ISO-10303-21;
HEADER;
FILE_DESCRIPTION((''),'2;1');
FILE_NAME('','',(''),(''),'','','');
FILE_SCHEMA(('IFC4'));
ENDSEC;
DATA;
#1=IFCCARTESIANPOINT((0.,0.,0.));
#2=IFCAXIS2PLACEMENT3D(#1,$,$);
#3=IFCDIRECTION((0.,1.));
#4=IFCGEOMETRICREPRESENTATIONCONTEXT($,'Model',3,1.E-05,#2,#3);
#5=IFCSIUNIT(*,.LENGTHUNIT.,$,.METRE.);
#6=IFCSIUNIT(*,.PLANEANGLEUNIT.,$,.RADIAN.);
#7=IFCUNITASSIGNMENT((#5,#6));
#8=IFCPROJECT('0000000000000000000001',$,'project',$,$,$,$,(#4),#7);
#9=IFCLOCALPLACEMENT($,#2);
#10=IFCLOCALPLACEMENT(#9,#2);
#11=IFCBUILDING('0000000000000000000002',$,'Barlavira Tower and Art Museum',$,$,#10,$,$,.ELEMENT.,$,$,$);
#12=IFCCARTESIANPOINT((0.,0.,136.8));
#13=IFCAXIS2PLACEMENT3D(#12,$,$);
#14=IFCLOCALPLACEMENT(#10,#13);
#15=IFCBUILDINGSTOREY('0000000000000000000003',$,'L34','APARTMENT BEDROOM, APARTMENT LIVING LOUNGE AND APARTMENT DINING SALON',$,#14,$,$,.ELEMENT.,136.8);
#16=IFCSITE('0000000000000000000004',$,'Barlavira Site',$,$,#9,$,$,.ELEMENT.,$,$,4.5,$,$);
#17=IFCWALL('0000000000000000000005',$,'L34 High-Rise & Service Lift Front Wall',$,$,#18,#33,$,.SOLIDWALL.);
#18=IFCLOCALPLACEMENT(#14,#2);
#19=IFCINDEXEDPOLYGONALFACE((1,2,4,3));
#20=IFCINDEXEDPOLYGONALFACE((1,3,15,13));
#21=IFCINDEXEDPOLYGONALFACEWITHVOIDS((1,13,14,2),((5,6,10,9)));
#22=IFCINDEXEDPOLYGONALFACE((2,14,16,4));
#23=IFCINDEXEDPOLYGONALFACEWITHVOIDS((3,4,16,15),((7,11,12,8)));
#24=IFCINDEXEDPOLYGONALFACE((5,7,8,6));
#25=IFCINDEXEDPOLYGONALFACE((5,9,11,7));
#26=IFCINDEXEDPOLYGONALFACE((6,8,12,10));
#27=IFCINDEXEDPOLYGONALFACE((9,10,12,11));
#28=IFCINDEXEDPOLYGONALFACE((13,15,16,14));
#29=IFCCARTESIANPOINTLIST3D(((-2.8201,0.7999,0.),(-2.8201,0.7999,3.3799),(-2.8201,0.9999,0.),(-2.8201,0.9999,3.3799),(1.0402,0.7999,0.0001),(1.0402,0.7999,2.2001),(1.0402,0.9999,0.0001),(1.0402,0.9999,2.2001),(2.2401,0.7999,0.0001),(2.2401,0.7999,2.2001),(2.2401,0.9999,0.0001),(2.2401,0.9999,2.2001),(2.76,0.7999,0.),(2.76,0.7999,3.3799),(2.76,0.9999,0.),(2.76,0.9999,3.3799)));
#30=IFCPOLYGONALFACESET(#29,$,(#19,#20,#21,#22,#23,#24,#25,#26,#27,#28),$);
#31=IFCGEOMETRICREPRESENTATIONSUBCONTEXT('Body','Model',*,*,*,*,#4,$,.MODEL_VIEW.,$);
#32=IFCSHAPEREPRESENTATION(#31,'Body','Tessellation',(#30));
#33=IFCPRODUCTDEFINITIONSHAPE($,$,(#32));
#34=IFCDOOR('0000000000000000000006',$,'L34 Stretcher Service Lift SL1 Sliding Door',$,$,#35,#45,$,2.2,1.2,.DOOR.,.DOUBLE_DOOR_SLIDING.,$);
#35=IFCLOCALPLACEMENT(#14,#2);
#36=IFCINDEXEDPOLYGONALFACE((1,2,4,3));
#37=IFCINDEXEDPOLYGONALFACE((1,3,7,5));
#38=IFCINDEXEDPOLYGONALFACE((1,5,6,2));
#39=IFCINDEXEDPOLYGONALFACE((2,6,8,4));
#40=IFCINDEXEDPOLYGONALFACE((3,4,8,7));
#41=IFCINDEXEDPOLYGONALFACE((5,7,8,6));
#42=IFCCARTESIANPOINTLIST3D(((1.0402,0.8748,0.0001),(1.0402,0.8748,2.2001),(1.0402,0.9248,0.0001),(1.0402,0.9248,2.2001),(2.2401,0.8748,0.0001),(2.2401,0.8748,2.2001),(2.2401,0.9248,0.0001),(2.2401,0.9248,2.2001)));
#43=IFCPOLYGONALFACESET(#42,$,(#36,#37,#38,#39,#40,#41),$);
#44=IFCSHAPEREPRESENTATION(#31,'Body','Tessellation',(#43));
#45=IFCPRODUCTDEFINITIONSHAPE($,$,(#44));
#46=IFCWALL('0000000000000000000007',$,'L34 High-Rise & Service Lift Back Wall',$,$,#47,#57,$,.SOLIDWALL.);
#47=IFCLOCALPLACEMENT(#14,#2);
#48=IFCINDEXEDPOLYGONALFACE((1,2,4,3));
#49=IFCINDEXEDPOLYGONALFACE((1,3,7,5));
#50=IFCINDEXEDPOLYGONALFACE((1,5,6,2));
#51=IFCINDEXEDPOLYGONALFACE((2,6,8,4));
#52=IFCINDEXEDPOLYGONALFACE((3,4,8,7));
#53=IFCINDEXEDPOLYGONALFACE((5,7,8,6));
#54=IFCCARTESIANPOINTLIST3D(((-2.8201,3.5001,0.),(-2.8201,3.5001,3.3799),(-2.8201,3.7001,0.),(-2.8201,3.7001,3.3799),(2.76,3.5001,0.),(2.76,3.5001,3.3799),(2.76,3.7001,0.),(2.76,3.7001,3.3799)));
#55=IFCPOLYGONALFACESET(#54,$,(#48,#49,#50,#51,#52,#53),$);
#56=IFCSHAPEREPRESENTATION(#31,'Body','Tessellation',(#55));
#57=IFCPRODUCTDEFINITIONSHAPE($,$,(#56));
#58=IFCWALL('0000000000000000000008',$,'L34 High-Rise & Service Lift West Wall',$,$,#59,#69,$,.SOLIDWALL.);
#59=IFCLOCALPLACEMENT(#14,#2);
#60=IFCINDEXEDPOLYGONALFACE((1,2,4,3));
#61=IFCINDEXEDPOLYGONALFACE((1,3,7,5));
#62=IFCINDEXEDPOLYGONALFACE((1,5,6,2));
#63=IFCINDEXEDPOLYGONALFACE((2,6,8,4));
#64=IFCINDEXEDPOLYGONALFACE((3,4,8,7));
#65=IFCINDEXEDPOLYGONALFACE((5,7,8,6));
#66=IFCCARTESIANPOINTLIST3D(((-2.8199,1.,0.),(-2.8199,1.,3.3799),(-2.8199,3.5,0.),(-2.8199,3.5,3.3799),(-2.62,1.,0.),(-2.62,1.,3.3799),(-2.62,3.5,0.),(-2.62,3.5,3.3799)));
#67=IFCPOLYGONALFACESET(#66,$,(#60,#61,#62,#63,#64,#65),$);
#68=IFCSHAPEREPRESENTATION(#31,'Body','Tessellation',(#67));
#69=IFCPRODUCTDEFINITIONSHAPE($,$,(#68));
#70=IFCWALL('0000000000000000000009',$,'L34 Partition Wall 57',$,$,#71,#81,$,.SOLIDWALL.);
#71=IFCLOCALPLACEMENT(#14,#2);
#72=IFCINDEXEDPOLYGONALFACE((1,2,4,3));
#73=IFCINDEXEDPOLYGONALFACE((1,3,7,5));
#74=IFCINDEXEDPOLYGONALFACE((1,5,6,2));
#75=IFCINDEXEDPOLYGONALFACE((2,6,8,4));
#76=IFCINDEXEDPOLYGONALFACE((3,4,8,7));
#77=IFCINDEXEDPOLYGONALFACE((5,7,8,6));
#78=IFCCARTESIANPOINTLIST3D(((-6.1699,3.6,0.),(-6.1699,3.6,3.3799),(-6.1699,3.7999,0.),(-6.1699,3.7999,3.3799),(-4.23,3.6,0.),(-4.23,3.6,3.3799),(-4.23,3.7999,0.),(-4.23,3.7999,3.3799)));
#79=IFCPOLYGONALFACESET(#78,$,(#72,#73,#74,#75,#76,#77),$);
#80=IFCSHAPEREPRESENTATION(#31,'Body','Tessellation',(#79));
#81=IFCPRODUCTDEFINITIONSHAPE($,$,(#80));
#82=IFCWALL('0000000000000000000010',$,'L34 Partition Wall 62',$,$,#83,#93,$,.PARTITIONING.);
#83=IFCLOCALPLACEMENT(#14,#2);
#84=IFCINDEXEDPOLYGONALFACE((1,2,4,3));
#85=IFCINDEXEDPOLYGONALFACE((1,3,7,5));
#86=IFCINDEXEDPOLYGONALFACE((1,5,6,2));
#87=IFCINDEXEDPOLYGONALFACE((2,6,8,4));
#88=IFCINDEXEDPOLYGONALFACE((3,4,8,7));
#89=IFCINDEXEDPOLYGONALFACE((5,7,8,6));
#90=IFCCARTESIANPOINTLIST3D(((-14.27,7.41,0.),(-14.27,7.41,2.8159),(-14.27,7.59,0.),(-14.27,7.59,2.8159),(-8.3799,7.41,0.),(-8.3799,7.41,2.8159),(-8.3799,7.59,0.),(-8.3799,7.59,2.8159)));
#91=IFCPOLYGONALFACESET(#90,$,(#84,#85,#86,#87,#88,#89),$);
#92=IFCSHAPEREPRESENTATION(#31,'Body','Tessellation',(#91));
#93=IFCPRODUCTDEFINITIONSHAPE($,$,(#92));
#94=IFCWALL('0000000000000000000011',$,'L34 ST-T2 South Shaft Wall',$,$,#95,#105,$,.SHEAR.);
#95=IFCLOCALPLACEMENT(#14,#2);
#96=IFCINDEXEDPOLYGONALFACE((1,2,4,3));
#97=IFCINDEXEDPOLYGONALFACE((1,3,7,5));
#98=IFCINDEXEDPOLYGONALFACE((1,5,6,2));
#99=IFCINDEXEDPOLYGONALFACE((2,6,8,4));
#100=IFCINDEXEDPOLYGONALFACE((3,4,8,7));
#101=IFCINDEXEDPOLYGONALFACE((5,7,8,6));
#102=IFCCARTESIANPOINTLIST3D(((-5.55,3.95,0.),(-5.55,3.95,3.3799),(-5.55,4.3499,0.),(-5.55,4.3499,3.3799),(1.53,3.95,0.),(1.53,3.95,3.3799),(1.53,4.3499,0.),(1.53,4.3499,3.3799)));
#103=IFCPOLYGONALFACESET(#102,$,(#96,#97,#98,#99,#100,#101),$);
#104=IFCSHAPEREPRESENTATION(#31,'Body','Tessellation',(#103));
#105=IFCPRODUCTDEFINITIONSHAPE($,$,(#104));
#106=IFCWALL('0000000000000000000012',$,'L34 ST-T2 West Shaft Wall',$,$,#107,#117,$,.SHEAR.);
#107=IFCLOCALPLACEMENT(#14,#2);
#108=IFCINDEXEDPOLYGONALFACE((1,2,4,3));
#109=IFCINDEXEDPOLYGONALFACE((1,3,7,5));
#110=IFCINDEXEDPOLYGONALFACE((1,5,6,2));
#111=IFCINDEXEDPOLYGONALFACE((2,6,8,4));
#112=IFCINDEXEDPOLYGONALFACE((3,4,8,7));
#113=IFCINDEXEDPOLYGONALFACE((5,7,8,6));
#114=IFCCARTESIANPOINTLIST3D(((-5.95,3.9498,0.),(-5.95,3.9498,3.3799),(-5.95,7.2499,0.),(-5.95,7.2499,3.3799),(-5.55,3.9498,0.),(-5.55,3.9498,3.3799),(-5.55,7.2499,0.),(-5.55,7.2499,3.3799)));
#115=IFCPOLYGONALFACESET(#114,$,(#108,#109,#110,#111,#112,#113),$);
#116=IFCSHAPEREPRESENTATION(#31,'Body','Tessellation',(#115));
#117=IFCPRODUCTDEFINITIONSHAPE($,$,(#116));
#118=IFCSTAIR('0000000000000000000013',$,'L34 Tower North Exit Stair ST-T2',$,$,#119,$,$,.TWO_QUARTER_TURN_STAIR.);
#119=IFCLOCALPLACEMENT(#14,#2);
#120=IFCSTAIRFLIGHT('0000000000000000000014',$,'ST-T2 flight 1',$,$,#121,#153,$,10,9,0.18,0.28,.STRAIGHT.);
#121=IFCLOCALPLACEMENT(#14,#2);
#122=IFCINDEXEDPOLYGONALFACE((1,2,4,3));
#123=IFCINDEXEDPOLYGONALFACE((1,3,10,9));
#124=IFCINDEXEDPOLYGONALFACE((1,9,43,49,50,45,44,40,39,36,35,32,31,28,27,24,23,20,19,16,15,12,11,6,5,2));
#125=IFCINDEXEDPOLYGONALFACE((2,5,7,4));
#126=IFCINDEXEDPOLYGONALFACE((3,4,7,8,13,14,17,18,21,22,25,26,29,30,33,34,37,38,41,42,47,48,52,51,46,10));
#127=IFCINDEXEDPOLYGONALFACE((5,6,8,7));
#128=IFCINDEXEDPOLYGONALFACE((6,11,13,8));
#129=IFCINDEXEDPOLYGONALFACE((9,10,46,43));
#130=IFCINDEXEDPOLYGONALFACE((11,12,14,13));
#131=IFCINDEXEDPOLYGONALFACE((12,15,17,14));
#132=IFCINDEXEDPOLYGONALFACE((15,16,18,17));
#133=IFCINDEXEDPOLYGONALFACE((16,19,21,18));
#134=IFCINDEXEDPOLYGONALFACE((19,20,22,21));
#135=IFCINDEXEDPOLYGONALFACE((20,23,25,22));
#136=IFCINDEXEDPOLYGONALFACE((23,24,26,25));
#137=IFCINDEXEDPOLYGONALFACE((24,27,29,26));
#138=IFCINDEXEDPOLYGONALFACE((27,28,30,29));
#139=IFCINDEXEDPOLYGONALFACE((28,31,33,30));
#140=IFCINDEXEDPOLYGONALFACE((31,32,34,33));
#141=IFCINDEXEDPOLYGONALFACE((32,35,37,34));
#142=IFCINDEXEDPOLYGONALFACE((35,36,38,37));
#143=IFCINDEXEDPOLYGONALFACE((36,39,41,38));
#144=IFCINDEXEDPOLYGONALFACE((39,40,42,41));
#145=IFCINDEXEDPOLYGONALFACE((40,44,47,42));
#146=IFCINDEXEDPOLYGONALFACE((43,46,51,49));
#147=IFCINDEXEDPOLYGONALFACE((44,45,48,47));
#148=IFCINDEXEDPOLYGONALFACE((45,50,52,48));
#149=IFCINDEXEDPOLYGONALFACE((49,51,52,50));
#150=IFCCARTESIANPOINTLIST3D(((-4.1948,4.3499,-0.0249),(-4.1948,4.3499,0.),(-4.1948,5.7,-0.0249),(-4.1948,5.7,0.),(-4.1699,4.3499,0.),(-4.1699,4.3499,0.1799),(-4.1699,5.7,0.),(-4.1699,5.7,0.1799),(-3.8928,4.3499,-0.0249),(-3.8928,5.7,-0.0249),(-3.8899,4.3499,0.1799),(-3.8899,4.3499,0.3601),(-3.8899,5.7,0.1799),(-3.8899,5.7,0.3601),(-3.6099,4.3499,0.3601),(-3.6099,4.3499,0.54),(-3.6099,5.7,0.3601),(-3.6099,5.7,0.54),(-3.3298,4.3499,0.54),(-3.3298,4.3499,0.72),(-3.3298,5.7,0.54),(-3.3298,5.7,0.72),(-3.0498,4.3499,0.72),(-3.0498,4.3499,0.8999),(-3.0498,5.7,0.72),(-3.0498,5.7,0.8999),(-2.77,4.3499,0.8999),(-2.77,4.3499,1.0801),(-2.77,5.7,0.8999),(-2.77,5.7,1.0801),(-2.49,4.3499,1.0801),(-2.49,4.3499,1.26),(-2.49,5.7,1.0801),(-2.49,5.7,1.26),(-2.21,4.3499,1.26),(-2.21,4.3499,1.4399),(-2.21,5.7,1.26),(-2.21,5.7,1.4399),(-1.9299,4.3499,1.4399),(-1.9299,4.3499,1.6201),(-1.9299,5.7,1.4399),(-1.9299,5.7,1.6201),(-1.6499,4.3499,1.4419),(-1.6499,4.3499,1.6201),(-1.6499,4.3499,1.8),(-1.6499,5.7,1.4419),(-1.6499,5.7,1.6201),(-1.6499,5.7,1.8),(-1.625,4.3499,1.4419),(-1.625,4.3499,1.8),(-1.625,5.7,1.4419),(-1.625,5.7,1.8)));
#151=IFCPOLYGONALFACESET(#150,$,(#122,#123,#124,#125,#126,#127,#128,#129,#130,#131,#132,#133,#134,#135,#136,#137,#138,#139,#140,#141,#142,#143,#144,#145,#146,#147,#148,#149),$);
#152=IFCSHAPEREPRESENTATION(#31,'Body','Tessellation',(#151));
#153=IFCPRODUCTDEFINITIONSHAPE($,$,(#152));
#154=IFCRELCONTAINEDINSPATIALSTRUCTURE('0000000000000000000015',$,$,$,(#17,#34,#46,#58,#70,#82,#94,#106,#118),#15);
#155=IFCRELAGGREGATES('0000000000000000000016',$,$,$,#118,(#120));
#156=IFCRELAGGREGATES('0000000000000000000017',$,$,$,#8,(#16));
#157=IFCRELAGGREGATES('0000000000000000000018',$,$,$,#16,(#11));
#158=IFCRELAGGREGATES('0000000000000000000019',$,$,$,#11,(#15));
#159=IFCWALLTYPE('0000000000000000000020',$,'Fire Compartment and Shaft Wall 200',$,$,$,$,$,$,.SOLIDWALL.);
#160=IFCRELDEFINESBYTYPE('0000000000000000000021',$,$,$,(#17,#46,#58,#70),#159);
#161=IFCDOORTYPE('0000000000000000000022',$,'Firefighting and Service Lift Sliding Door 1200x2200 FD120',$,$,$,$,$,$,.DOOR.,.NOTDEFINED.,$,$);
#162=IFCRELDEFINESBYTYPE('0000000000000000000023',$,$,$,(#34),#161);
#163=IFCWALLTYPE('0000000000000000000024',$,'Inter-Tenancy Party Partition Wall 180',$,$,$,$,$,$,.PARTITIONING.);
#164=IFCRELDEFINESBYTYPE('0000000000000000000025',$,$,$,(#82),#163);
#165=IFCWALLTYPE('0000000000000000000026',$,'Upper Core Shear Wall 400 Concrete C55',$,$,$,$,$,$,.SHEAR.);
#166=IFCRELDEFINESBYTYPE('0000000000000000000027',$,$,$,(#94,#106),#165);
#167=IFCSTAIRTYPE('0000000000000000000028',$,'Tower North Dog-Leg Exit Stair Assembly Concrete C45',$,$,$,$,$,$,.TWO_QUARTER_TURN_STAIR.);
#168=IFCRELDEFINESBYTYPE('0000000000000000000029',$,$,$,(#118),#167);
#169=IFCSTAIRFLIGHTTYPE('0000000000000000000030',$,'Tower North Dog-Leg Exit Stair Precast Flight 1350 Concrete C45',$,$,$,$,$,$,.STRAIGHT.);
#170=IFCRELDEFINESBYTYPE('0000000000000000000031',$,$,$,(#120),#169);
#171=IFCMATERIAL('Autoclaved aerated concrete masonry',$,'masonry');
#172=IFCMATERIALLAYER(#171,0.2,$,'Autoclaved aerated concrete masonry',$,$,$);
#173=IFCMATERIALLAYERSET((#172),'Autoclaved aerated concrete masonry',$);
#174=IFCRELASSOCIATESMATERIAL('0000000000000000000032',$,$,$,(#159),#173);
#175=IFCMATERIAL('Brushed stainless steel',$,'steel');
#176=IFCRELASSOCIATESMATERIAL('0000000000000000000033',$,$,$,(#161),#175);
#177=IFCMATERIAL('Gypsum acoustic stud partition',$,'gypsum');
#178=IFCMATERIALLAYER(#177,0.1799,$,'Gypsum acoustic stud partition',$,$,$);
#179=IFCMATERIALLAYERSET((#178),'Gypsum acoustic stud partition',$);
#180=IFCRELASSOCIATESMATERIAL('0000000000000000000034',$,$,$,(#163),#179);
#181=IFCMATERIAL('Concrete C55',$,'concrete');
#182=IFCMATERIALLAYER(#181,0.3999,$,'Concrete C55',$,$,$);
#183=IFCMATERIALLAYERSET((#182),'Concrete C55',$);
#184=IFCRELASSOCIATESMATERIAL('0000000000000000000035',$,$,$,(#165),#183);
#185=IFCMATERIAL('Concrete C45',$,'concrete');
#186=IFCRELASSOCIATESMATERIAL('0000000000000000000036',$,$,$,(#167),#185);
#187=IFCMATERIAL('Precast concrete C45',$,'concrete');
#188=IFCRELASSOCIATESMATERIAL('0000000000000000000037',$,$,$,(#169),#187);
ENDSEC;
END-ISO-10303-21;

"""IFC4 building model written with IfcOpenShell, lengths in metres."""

from ifc_helpers import new_model, si_unit, direction, frame, frame_2d, origin, place, context, subcontext, project, spatial, polyline, rectangle, outline, extrude, material, layer, layer_set, type_object, element, fill, aggregate, save


model = new_model("IFC4")

# Units and contexts
model_context = context("Model", 3, precision=1e-05, world=origin(), true_north=direction((0.0, 1.0)))
body_context = subcontext(model_context, "Body", "Model", "MODEL_VIEW")
ifc_project = project(units=[si_unit("LENGTHUNIT", "METRE"), si_unit("PLANEANGLEUNIT", "RADIAN")], contexts=[model_context])

# Site, building, storey
site_placement = place(None, origin())
site = spatial("IfcSite", under=ifc_project, at=site_placement, Name="Barlavira Site", CompositionType="ELEMENT", RefElevation=4.5)
building_placement = place(site_placement, origin())
building = spatial("IfcBuilding", under=site, at=building_placement, Name="Barlavira Tower and Art Museum", CompositionType="ELEMENT")
storey_placement = place(building_placement, frame((0.0, 0.0, 136.8)))
storey = spatial("IfcBuildingStorey", under=building, at=storey_placement, Name="L34", Description="APARTMENT BEDROOM, APARTMENT LIVING LOUNGE AND APARTMENT DINING SALON", CompositionType="ELEMENT", Elevation=136.8)

# Shared definitions
ifc_material_1 = material(Name="Gypsum acoustic stud partition", Category="gypsum")
ifc_material_2 = material(Name="Brushed stainless steel", Category="steel")

# Wall, opening, door
ifc_material_3 = material(Name="Autoclaved aerated concrete masonry", Category="masonry")
ifc_layer_1 = layer(ifc_material_3, 0.2, Name="Autoclaved aerated concrete masonry")
ifc_layer_set_1 = layer_set([ifc_layer_1], Name="Autoclaved aerated concrete masonry")
wall_type_1 = type_object("IfcWallType", Name="Fire Compartment and Shaft Wall 200", PredefinedType="SOLIDWALL", material=ifc_layer_set_1)
wall_1_placement = place(storey_placement, frame((-2.8201, 0.8999, 0.0), z_axis=(0.0, 0.0, 1.0), x_axis=(1.0, 0.0, 0.0)))
wall_1 = element("IfcWall", 1, at=wall_1_placement, inside=storey, type_object=wall_type_1, Name="L34 High-Rise & Service Lift Front Wall", PredefinedType="SOLIDWALL", context=body_context, shape_type="SweptSolid", body=[
    extrude(rectangle(XDim=5.5801, YDim=0.2, at=frame_2d((2.79, 0.0))), origin(), (0.0, 0.0, 1.0), 3.3799),
])
opening_1_placement = place(wall_1_placement, frame((3.8601, 0.0, 0.0)))
opening_1 = element("IfcOpeningElement", 2, at=opening_1_placement, cuts=wall_1, PredefinedType="OPENING", context=body_context, shape_type="SweptSolid", body=[
    extrude(rectangle(XDim=1.2, YDim=2.2, at=frame_2d((0.6001, 1.1001))), frame((0.0, 0.1099, 0.0), z_axis=(0.0, -1.0, 0.0), x_axis=(1.0, 0.0, 0.0)), (0.0, 0.0, 1.0), 0.22),
])
door_type_1 = type_object("IfcDoorType", Name="Firefighting and Service Lift Sliding Door 1200x2200 FD120", OperationType="NOTDEFINED", PredefinedType="DOOR", material=ifc_material_2)
door_1_placement = place(opening_1_placement, origin())
door_1 = element("IfcDoor", 3, at=door_1_placement, inside=storey, type_object=door_type_1, Name="L34 Stretcher Service Lift SL1 Sliding Door", OperationType="DOUBLE_DOOR_SLIDING", OverallHeight=2.2, OverallWidth=1.2, PredefinedType="DOOR", context=body_context, shape_type="SweptSolid", body=[
    extrude(rectangle(XDim=1.2, YDim=2.2, at=frame_2d((0.6001, 1.1001))), frame((0.0, 0.0249, 0.0), z_axis=(0.0, -1.0, 0.0), x_axis=(1.0, 0.0, 0.0)), (0.0, 0.0, 1.0), 0.05),
])
fill(opening_1, door_1)

# Walls
wall_2_placement = place(storey_placement, frame((-2.8201, 3.6001, 0.0), z_axis=(0.0, 0.0, 1.0), x_axis=(1.0, 0.0, 0.0)))
element("IfcWall", 4, at=wall_2_placement, inside=storey, type_object=wall_type_1, Name="L34 High-Rise & Service Lift Back Wall", PredefinedType="SOLIDWALL", context=body_context, shape_type="SweptSolid", body=[
    extrude(rectangle(XDim=5.5801, YDim=0.2, at=frame_2d((2.79, 0.0))), origin(), (0.0, 0.0, 1.0), 3.3799),
])
wall_3_placement = place(storey_placement, frame((-2.72, 1.0, 0.0), z_axis=(0.0, 0.0, 1.0), x_axis=(0.0, 1.0, 0.0)))
element("IfcWall", 5, at=wall_3_placement, inside=storey, type_object=wall_type_1, Name="L34 High-Rise & Service Lift West Wall", PredefinedType="SOLIDWALL", context=body_context, shape_type="SweptSolid", body=[
    extrude(rectangle(XDim=2.5, YDim=0.2, at=frame_2d((1.25, 0.0))), origin(), (0.0, 0.0, 1.0), 3.3799),
])
wall_4_placement = place(storey_placement, frame((-6.1699, 3.7, 0.0), z_axis=(0.0, 0.0, 1.0), x_axis=(1.0, 0.0, 0.0)))
element("IfcWall", 6, at=wall_4_placement, inside=storey, type_object=wall_type_1, Name="L34 Partition Wall 57", PredefinedType="SOLIDWALL", context=body_context, shape_type="SweptSolid", body=[
    extrude(rectangle(XDim=1.9399, YDim=0.2, at=frame_2d((0.97, 0.0))), origin(), (0.0, 0.0, 1.0), 3.3799),
])
ifc_layer_2 = layer(ifc_material_1, 0.1799, Name="Gypsum acoustic stud partition")
ifc_layer_set_2 = layer_set([ifc_layer_2], Name="Gypsum acoustic stud partition")
wall_type_2 = type_object("IfcWallType", Name="Inter-Tenancy Party Partition Wall 180", PredefinedType="PARTITIONING", material=ifc_layer_set_2)
wall_5_placement = place(storey_placement, frame((-14.27, 7.5, 0.0), z_axis=(0.0, 0.0, 1.0), x_axis=(1.0, 0.0, 0.0)))
element("IfcWall", 7, at=wall_5_placement, inside=storey, type_object=wall_type_2, Name="L34 Partition Wall 62", PredefinedType="PARTITIONING", context=body_context, shape_type="SweptSolid", body=[
    extrude(rectangle(XDim=5.8901, YDim=0.1799, at=frame_2d((2.9451, 0.0))), origin(), (0.0, 0.0, 1.0), 2.8159),
])
ifc_material_4 = material(Name="Concrete C55", Category="concrete")
ifc_layer_3 = layer(ifc_material_4, 0.3999, Name="Concrete C55")
ifc_layer_set_3 = layer_set([ifc_layer_3], Name="Concrete C55")
wall_type_3 = type_object("IfcWallType", Name="Upper Core Shear Wall 400 Concrete C55", PredefinedType="SHEAR", material=ifc_layer_set_3)
wall_6_placement = place(storey_placement, frame((-5.55, 4.1499, 0.0), z_axis=(0.0, 0.0, 1.0), x_axis=(1.0, 0.0, 0.0)))
element("IfcWall", 8, at=wall_6_placement, inside=storey, type_object=wall_type_3, Name="L34 ST-T2 South Shaft Wall", PredefinedType="SHEAR", context=body_context, shape_type="SweptSolid", body=[
    extrude(rectangle(XDim=7.0801, YDim=0.3999, at=frame_2d((3.54, 0.0))), origin(), (0.0, 0.0, 1.0), 3.3799),
])
wall_7_placement = place(storey_placement, frame((-5.75, 3.95, 0.0), z_axis=(0.0, 0.0, 1.0), x_axis=(0.0, 1.0, 0.0)))
element("IfcWall", 9, at=wall_7_placement, inside=storey, type_object=wall_type_3, Name="L34 ST-T2 West Shaft Wall", PredefinedType="SHEAR", context=body_context, shape_type="SweptSolid", body=[
    extrude(rectangle(XDim=3.3, YDim=0.3999, at=frame_2d((1.6499, 0.0))), origin(), (0.0, 0.0, 1.0), 3.3799),
])

# Stair, stair flight
ifc_material_5 = material(Name="Concrete C45", Category="concrete")
stair_type = type_object("IfcStairType", Name="Tower North Dog-Leg Exit Stair Assembly Concrete C45", PredefinedType="TWO_QUARTER_TURN_STAIR", material=ifc_material_5)
stair_placement = place(storey_placement, origin())
stair = element("IfcStair", 10, at=stair_placement, inside=storey, type_object=stair_type, Name="L34 Tower North Exit Stair ST-T2", PredefinedType="TWO_QUARTER_TURN_STAIR")
ifc_material_6 = material(Name="Precast concrete C45", Category="concrete")
stair_flight_type = type_object("IfcStairFlightType", Name="Tower North Dog-Leg Exit Stair Precast Flight 1350 Concrete C45", PredefinedType="STRAIGHT", material=ifc_material_6)
stair_flight_1_placement = place(storey_placement, frame((-4.1699, 5.0249, 0.0), z_axis=(0.0, 0.0, 1.0), x_axis=(1.0, 0.0, 0.0)))
stair_flight_1 = element("IfcStairFlight", 11, at=stair_flight_1_placement, type_object=stair_flight_type, Name="ST-T2 flight 1", NumberOfRisers=10, NumberOfTreads=9, PredefinedType="STRAIGHT", RiserHeight=0.18, TreadLength=0.28, context=body_context, shape_type="SweptSolid", body=[
    extrude(outline(polyline([(-0.0249, 0.0), (0.0, 0.0), (0.0, 0.1799), (0.28, 0.1799), (0.28, 0.3601), (0.5601, 0.3601), (0.5601, 0.54), (0.8401, 0.54), (0.8401, 0.72), (1.1201, 0.72), (1.1201, 0.8999), (1.3999, 0.8999), (1.3999, 1.0801), (1.6799, 1.0801), (1.6799, 1.26), (1.96, 1.26), (1.96, 1.4399), (2.24, 1.4399), (2.24, 1.6201), (2.52, 1.6201), (2.52, 1.8), (2.5449, 1.8), (2.5449, 1.4419), (2.52, 1.4419), (0.2771, -0.0249), (-0.0249, -0.0249), (-0.0249, 0.0)])), frame((0.0, 0.675, 0.0), z_axis=(0.0, -1.0, 0.0), x_axis=(1.0, 0.0, 0.0)), (0.0, 0.0, 1.0), 1.3501),
])
aggregate(stair, [stair_flight_1])

save(model, "model.ifc")
